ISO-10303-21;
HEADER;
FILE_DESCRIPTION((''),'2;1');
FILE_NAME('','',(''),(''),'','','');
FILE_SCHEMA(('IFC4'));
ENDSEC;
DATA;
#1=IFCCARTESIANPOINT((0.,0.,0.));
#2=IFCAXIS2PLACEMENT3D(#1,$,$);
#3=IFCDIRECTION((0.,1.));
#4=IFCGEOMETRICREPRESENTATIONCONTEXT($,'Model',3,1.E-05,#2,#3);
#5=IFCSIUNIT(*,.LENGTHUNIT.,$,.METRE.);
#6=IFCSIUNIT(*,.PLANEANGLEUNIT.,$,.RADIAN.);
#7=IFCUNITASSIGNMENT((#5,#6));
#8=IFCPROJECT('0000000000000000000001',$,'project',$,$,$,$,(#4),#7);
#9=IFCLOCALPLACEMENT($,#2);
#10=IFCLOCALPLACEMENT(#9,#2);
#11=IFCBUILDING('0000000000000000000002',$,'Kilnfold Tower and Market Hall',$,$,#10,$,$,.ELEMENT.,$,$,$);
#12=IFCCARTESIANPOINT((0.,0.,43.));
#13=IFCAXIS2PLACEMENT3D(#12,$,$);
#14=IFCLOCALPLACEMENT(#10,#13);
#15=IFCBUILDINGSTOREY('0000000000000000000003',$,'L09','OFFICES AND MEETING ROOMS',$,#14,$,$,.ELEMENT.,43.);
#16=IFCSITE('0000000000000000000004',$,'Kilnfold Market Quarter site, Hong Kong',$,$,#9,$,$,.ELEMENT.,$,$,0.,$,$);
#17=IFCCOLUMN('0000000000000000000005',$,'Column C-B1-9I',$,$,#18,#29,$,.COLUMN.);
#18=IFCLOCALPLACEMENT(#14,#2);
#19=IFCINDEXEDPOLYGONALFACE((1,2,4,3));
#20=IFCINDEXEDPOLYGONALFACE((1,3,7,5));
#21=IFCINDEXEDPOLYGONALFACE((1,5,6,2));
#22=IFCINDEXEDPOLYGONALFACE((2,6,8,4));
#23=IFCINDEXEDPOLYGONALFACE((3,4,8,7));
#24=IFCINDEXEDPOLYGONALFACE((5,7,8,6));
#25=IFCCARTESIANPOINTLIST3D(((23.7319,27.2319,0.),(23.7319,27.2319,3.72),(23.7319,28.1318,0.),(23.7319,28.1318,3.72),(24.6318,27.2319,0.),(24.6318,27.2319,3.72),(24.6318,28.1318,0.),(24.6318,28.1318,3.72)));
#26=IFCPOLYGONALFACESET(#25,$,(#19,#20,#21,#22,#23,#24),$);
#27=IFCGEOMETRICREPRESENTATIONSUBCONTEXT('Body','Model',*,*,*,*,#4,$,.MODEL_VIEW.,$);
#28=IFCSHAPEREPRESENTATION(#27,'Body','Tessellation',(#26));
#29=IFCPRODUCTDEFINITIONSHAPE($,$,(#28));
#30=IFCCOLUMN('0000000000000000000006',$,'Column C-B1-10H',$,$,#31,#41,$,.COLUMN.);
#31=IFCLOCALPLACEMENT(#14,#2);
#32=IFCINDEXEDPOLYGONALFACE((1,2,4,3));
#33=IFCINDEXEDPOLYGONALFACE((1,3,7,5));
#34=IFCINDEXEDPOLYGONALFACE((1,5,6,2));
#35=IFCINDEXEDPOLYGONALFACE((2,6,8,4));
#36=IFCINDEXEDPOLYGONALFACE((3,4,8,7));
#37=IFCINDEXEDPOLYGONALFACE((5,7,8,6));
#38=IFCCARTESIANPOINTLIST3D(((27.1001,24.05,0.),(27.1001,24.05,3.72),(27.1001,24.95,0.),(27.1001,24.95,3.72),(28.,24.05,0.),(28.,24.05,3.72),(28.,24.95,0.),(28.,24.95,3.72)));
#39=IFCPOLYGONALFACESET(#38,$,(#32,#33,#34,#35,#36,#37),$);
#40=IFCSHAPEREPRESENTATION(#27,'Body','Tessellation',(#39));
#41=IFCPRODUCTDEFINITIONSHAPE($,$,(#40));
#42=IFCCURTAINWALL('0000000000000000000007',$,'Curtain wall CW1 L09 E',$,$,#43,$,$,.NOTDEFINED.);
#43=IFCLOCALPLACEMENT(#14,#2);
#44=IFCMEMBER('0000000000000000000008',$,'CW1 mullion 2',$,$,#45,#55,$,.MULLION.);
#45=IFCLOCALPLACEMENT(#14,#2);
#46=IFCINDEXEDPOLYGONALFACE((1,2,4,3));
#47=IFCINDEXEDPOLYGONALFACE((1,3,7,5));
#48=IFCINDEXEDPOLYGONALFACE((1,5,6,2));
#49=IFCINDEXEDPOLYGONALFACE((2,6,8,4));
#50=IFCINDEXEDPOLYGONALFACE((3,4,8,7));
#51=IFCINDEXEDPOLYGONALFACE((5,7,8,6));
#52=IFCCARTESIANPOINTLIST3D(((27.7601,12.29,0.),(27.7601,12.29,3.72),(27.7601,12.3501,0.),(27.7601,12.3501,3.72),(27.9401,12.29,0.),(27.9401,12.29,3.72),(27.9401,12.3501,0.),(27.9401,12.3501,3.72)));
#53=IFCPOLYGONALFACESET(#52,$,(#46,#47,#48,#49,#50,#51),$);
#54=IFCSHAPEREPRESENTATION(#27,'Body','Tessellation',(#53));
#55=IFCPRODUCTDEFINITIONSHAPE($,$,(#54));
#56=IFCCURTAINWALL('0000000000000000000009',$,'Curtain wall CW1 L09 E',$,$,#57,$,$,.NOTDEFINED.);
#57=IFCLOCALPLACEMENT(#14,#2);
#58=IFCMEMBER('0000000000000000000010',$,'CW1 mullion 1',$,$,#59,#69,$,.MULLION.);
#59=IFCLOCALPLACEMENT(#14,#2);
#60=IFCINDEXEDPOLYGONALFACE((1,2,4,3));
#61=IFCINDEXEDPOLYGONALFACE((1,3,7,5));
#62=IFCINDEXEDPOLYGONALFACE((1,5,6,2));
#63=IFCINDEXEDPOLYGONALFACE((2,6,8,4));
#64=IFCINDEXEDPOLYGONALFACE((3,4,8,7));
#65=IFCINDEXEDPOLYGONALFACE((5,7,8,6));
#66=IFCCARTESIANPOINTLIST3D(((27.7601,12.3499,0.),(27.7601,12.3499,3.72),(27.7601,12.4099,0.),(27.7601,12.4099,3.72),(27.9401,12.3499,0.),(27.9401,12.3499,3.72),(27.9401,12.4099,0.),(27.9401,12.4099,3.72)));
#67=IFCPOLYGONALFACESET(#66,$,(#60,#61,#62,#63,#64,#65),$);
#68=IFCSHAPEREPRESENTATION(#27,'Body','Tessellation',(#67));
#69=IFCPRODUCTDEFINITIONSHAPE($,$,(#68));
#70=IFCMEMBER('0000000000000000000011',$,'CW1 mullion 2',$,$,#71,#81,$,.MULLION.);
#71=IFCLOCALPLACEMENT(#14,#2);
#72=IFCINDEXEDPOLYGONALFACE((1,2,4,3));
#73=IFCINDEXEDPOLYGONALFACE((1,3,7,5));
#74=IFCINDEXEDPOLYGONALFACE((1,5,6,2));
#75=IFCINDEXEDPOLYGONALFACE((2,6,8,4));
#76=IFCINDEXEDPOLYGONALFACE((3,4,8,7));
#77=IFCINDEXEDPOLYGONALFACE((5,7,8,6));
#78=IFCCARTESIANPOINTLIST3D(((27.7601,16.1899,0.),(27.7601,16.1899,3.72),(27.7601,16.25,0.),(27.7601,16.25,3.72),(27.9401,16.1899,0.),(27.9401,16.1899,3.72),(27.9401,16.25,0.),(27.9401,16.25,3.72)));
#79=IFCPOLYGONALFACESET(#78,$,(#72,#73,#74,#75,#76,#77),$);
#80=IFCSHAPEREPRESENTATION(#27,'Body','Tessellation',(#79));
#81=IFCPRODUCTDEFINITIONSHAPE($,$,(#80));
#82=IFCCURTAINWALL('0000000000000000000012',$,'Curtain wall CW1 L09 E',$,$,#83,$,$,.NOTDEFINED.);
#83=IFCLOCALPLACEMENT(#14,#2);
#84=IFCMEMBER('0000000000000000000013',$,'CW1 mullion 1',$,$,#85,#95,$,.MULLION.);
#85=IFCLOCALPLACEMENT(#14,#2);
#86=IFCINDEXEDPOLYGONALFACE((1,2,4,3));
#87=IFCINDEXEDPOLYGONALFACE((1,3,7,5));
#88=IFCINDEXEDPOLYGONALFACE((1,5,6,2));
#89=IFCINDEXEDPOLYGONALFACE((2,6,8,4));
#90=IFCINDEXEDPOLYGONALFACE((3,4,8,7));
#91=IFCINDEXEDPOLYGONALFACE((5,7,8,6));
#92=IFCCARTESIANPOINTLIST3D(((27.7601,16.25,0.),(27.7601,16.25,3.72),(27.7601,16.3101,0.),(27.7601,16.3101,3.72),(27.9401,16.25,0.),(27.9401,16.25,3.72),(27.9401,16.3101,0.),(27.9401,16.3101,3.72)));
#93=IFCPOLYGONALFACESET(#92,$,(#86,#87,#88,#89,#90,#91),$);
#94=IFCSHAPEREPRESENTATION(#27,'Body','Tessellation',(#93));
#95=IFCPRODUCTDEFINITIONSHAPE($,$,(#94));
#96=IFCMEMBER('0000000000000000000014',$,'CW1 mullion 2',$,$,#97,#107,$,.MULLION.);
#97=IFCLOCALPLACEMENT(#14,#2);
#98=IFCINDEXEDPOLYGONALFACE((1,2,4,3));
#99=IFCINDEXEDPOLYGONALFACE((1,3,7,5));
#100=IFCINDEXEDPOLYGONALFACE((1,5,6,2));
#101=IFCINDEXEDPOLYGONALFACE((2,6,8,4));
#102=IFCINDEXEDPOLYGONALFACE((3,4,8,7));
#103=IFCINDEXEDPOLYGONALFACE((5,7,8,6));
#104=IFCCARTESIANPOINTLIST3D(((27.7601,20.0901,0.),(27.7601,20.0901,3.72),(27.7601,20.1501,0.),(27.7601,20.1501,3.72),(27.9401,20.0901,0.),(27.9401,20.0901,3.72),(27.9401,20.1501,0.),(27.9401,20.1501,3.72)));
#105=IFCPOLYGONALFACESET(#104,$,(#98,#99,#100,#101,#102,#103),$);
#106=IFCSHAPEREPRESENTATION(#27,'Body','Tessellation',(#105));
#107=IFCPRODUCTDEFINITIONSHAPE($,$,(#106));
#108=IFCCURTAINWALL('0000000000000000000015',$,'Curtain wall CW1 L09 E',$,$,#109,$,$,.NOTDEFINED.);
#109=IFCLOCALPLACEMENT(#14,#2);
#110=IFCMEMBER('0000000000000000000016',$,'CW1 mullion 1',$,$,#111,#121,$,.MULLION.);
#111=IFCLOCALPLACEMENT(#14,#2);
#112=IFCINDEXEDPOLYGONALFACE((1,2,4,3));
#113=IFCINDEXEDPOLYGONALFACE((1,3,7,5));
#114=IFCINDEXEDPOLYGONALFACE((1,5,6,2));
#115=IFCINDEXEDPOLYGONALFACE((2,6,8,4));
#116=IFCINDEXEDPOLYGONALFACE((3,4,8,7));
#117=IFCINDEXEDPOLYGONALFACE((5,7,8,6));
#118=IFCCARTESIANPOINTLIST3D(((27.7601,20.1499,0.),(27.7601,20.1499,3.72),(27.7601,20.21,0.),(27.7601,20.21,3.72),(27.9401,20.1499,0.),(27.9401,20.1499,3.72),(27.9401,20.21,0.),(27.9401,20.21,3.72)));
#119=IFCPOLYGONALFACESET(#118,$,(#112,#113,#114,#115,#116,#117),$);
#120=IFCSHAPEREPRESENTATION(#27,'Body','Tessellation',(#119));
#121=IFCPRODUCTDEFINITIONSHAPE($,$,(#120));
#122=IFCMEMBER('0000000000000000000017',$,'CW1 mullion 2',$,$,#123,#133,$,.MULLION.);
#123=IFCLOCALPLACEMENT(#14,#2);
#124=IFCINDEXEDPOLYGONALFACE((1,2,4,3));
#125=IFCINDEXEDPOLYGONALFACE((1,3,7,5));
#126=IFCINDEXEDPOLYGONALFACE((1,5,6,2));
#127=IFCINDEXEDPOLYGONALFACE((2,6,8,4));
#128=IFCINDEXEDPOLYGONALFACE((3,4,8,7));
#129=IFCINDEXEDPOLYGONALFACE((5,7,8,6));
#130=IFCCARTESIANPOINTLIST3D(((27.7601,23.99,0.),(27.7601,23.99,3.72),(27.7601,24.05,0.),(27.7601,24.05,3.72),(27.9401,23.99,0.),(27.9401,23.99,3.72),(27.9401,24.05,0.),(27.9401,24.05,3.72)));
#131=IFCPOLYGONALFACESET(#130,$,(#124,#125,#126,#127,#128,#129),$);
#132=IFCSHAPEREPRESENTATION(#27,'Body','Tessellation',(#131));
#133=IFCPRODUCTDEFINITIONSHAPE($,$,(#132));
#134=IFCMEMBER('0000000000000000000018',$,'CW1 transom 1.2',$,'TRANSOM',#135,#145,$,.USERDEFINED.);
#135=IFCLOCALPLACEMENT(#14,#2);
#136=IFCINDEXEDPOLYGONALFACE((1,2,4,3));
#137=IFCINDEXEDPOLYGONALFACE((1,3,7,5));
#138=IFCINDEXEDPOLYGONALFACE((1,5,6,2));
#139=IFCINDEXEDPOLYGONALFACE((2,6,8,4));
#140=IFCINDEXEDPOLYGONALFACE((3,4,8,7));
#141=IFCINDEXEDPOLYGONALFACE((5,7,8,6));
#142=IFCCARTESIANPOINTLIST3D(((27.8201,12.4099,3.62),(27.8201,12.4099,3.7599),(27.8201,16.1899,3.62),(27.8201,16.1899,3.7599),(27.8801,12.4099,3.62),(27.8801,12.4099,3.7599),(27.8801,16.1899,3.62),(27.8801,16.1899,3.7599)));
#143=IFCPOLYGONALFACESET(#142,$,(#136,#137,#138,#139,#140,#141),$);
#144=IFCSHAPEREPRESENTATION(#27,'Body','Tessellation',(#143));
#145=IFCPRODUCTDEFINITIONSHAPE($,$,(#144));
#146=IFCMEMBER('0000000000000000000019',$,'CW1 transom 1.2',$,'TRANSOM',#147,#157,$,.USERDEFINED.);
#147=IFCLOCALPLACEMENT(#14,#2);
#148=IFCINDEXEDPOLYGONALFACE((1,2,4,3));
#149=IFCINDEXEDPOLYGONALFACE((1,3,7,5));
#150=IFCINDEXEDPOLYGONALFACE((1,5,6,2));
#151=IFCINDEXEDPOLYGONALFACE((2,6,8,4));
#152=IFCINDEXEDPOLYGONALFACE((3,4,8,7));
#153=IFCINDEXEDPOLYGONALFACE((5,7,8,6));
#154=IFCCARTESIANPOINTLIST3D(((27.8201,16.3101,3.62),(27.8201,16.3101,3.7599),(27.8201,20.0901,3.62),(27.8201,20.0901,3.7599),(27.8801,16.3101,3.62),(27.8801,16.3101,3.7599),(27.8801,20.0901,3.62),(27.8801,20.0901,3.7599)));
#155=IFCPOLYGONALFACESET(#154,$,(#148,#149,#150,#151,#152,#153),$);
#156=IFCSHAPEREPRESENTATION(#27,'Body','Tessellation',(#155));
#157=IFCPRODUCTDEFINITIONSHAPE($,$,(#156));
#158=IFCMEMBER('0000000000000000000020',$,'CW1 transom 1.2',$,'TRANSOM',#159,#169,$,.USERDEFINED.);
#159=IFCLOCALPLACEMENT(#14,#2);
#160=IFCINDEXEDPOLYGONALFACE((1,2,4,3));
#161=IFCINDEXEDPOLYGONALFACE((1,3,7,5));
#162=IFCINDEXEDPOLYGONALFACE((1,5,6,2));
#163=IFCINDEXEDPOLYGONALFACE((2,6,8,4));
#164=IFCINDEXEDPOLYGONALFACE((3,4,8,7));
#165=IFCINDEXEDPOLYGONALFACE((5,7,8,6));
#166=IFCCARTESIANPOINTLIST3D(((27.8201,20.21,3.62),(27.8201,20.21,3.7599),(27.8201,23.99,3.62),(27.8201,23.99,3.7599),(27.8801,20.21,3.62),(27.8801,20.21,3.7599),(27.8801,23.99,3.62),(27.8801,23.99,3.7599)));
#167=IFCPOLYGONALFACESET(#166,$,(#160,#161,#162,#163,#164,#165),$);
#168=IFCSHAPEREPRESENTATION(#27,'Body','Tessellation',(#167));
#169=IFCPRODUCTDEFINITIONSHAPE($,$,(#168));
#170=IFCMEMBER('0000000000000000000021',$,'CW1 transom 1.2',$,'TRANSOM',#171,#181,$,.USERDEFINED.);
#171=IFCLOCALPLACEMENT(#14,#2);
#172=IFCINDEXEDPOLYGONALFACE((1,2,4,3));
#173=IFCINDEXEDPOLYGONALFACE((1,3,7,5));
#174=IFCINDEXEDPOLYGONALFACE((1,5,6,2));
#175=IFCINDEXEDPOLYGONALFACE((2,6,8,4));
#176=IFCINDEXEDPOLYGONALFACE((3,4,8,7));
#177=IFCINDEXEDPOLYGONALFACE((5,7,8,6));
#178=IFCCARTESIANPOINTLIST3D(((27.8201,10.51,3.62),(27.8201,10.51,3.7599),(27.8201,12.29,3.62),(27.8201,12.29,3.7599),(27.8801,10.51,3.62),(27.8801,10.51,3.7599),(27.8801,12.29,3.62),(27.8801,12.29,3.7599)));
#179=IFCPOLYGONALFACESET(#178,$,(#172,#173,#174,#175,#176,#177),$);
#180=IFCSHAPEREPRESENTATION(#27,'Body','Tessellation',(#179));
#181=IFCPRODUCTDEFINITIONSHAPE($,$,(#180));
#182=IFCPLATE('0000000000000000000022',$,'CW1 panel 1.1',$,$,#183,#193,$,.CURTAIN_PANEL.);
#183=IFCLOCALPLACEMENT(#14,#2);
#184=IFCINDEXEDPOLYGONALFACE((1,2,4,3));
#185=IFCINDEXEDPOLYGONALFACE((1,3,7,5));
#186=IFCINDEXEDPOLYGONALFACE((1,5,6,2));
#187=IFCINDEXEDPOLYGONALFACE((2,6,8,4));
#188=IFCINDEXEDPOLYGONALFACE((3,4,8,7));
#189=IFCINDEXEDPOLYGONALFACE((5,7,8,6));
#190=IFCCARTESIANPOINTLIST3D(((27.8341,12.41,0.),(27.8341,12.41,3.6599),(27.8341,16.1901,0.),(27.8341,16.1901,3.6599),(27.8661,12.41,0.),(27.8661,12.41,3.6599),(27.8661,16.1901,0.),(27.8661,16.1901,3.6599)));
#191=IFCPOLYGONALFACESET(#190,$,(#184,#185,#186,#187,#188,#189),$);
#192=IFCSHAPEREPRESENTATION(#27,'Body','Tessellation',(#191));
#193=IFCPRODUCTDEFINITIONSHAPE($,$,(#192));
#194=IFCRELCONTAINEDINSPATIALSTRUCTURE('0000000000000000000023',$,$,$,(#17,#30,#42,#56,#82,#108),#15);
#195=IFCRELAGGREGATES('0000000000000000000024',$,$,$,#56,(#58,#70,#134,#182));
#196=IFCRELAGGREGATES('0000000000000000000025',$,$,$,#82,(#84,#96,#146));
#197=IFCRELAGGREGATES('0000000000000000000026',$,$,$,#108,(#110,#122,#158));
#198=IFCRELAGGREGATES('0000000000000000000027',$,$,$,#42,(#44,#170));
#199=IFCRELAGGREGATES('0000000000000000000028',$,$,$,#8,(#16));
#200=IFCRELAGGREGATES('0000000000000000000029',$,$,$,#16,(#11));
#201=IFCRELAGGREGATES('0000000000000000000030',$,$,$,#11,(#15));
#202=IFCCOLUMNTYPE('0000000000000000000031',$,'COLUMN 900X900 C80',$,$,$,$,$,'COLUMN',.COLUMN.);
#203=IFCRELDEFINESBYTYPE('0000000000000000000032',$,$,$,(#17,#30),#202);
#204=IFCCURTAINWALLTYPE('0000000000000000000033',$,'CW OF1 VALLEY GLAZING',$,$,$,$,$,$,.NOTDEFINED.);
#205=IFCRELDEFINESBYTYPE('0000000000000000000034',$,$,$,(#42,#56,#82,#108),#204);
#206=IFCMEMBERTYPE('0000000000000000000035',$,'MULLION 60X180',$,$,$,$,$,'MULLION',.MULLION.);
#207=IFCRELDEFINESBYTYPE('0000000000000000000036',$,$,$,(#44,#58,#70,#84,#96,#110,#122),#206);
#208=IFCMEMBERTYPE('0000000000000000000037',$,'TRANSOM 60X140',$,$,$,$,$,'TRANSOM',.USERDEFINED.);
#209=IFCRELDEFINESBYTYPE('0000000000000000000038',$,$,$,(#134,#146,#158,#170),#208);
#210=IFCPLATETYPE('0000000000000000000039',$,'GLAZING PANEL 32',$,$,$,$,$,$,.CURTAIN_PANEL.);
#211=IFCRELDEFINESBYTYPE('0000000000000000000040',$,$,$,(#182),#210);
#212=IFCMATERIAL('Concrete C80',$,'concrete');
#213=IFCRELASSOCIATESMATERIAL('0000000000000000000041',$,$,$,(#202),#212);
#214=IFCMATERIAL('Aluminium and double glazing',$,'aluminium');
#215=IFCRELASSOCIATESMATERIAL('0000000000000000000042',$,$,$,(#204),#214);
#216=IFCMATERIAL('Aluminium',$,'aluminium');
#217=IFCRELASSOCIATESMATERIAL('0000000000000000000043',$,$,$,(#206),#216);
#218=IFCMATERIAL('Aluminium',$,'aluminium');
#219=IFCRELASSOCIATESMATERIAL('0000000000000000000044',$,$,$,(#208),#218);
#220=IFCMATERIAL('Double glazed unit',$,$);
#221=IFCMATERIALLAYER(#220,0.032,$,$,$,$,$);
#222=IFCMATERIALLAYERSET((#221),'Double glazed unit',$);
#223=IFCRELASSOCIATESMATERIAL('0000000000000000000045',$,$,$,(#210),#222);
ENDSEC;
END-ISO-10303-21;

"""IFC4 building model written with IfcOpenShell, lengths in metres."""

from ifc_helpers import new_model, si_unit, direction, frame, origin, origin_2d, place, context, subcontext, project, spatial, rectangle, extrude, source, transform, mapped, material, layer, layer_set, material_profile, profile_set, type_object, element, aggregate, save


model = new_model("IFC4")

# Units and contexts
model_context = context("Model", 3, precision=1e-05, world=origin(), true_north=direction((0.0, 1.0)))
body_context = subcontext(model_context, "Body", "Model", "MODEL_VIEW")
ifc_project = project(units=[si_unit("LENGTHUNIT", "METRE"), si_unit("PLANEANGLEUNIT", "RADIAN")], contexts=[model_context])

# Site, building, storey
site_placement = place(None, origin())
site = spatial("IfcSite", under=ifc_project, at=site_placement, Name="Kilnfold Market Quarter site, Hong Kong", CompositionType="ELEMENT", RefElevation=0.0)
building_placement = place(site_placement, origin())
building = spatial("IfcBuilding", under=site, at=building_placement, Name="Kilnfold Tower and Market Hall", CompositionType="ELEMENT")
storey_placement = place(building_placement, frame((0.0, 0.0, 43.0)))
storey = spatial("IfcBuildingStorey", under=building, at=storey_placement, Name="L09", Description="OFFICES AND MEETING ROOMS", CompositionType="ELEMENT", Elevation=43.0)

# Columns
ifc_material_1 = material(Name="Concrete C80", Category="concrete")
ifc_material_profile_1 = material_profile(ifc_material_1, rectangle(XDim=0.8999, YDim=0.8999, at=origin_2d()), Name="RC 900x900")
ifc_profile_set_1 = profile_set([ifc_material_profile_1], Name="Concrete C80")
column_type = type_object("IfcColumnType", Name="COLUMN 900X900 C80", ElementType="COLUMN", PredefinedType="COLUMN", material=ifc_profile_set_1)
shared_shape_1 = source(origin(), body_context, "Body", "SweptSolid", [
    extrude(rectangle(XDim=0.8999, YDim=0.8999, at=origin_2d()), origin(), (0.0, 0.0, 1.0), 3.72),
])
for number, where, z_axis, x_axis, name in (
    (1, (24.1819, 27.6819, 0.0), (0.0, 0.0, 1.0), (1.0, 0.0, 0.0), "Column C-B1-9I"),
    (2, (27.55, 24.5, 0.0), (0.0, 0.0, 1.0), (1.0, 0.0, 0.0), "Column C-B1-10H"),
):
    element("IfcColumn", number, at=place(storey_placement, frame(where, z_axis=z_axis, x_axis=x_axis)), inside=storey, type_object=column_type, Name=name, PredefinedType="COLUMN", context=body_context, shape_type="MappedRepresentation", body=[
        mapped(shared_shape_1, transform((0.0, 0.0, 0.0))),
    ])

# Curtain wall, member
ifc_material_2 = material(Name="Aluminium and double glazing", Category="aluminium")
curtain_wall_type = type_object("IfcCurtainWallType", Name="CW OF1 VALLEY GLAZING", PredefinedType="NOTDEFINED", material=ifc_material_2)
curtain_wall_1_placement = place(storey_placement, origin())
curtain_wall_1 = element("IfcCurtainWall", 3, at=curtain_wall_1_placement, inside=storey, type_object=curtain_wall_type, Name="Curtain wall CW1 L09 E", PredefinedType="NOTDEFINED")
ifc_material_3 = material(Name="Aluminium", Category="aluminium")
ifc_material_profile_2 = material_profile(ifc_material_3, rectangle(XDim=0.0601, YDim=0.1799, at=origin_2d()), Name="MULLION 60x180")
ifc_profile_set_2 = profile_set([ifc_material_profile_2], Name="Aluminium")
member_type_1 = type_object("IfcMemberType", Name="MULLION 60X180", ElementType="MULLION", PredefinedType="MULLION", material=ifc_profile_set_2)
shared_shape_2 = source(origin(), body_context, "Body", "SweptSolid", [
    extrude(rectangle(XDim=0.0601, YDim=0.1799, at=origin_2d()), origin(), (0.0, 0.0, 1.0), 3.72),
])
member_1_placement = place(storey_placement, frame((27.8501, 12.3201, 0.0), z_axis=(0.0, 0.0, 1.0), x_axis=(0.0, 1.0, 0.0)))
member_1 = element("IfcMember", 4, at=member_1_placement, type_object=member_type_1, Name="CW1 mullion 2", PredefinedType="MULLION", context=body_context, shape_type="MappedRepresentation", body=[
    mapped(shared_shape_2, transform((0.0, 0.0, 0.0))),
])

# Curtain walls, members
curtain_wall_2_placement = place(storey_placement, origin())
curtain_wall_2 = element("IfcCurtainWall", 5, at=curtain_wall_2_placement, inside=storey, type_object=curtain_wall_type, Name="Curtain wall CW1 L09 E", PredefinedType="NOTDEFINED")
member_2_placement = place(storey_placement, frame((27.8501, 12.3799, 0.0), z_axis=(0.0, 0.0, 1.0), x_axis=(0.0, 1.0, 0.0)))
member_2 = element("IfcMember", 6, at=member_2_placement, type_object=member_type_1, Name="CW1 mullion 1", PredefinedType="MULLION", context=body_context, shape_type="MappedRepresentation", body=[
    mapped(shared_shape_2, transform((0.0, 0.0, 0.0))),
])
member_3_placement = place(storey_placement, frame((27.8501, 16.22, 0.0), z_axis=(0.0, 0.0, 1.0), x_axis=(0.0, 1.0, 0.0)))
member_3 = element("IfcMember", 7, at=member_3_placement, type_object=member_type_1, Name="CW1 mullion 2", PredefinedType="MULLION", context=body_context, shape_type="MappedRepresentation", body=[
    mapped(shared_shape_2, transform((0.0, 0.0, 0.0))),
])
curtain_wall_3_placement = place(storey_placement, origin())
curtain_wall_3 = element("IfcCurtainWall", 8, at=curtain_wall_3_placement, inside=storey, type_object=curtain_wall_type, Name="Curtain wall CW1 L09 E", PredefinedType="NOTDEFINED")
member_4_placement = place(storey_placement, frame((27.8501, 16.28, 0.0), z_axis=(0.0, 0.0, 1.0), x_axis=(0.0, 1.0, 0.0)))
member_4 = element("IfcMember", 9, at=member_4_placement, type_object=member_type_1, Name="CW1 mullion 1", PredefinedType="MULLION", context=body_context, shape_type="MappedRepresentation", body=[
    mapped(shared_shape_2, transform((0.0, 0.0, 0.0))),
])
member_5_placement = place(storey_placement, frame((27.8501, 20.1201, 0.0), z_axis=(0.0, 0.0, 1.0), x_axis=(0.0, 1.0, 0.0)))
member_5 = element("IfcMember", 10, at=member_5_placement, type_object=member_type_1, Name="CW1 mullion 2", PredefinedType="MULLION", context=body_context, shape_type="MappedRepresentation", body=[
    mapped(shared_shape_2, transform((0.0, 0.0, 0.0))),
])
curtain_wall_4_placement = place(storey_placement, origin())
curtain_wall_4 = element("IfcCurtainWall", 11, at=curtain_wall_4_placement, inside=storey, type_object=curtain_wall_type, Name="Curtain wall CW1 L09 E", PredefinedType="NOTDEFINED")
member_6_placement = place(storey_placement, frame((27.8501, 20.1799, 0.0), z_axis=(0.0, 0.0, 1.0), x_axis=(0.0, 1.0, 0.0)))
member_6 = element("IfcMember", 12, at=member_6_placement, type_object=member_type_1, Name="CW1 mullion 1", PredefinedType="MULLION", context=body_context, shape_type="MappedRepresentation", body=[
    mapped(shared_shape_2, transform((0.0, 0.0, 0.0))),
])
member_7_placement = place(storey_placement, frame((27.8501, 24.02, 0.0), z_axis=(0.0, 0.0, 1.0), x_axis=(0.0, 1.0, 0.0)))
member_7 = element("IfcMember", 13, at=member_7_placement, type_object=member_type_1, Name="CW1 mullion 2", PredefinedType="MULLION", context=body_context, shape_type="MappedRepresentation", body=[
    mapped(shared_shape_2, transform((0.0, 0.0, 0.0))),
])

# Members
ifc_material_4 = material(Name="Aluminium", Category="aluminium")
ifc_material_profile_3 = material_profile(ifc_material_4, rectangle(XDim=0.0601, YDim=0.1399, at=origin_2d()), Name="TRANSOM 60x140")
ifc_profile_set_3 = profile_set([ifc_material_profile_3], Name="Aluminium")
member_type_2 = type_object("IfcMemberType", Name="TRANSOM 60X140", ElementType="TRANSOM", PredefinedType="USERDEFINED", material=ifc_profile_set_3)
shared_shape_3 = source(origin(), body_context, "Body", "SweptSolid", [
    extrude(rectangle(XDim=0.0601, YDim=0.1399, at=origin_2d()), origin(), (0.0, 0.0, 1.0), 3.78),
])
member_8_placement = place(storey_placement, frame((27.8501, 12.4099, 3.6899), z_axis=(0.0, 1.0, 0.0), x_axis=(-1.0, 0.0, 0.0)))
member_8 = element("IfcMember", 14, at=member_8_placement, type_object=member_type_2, Name="CW1 transom 1.2", ObjectType="TRANSOM", PredefinedType="USERDEFINED", context=body_context, shape_type="MappedRepresentation", body=[
    mapped(shared_shape_3, transform((0.0, 0.0, 0.0))),
])
member_9_placement = place(storey_placement, frame((27.8501, 16.3101, 3.6899), z_axis=(0.0, 1.0, 0.0), x_axis=(-1.0, 0.0, 0.0)))
member_9 = element("IfcMember", 15, at=member_9_placement, type_object=member_type_2, Name="CW1 transom 1.2", ObjectType="TRANSOM", PredefinedType="USERDEFINED", context=body_context, shape_type="MappedRepresentation", body=[
    mapped(shared_shape_3, transform((0.0, 0.0, 0.0))),
])
member_10_placement = place(storey_placement, frame((27.8501, 20.21, 3.6899), z_axis=(0.0, 1.0, 0.0), x_axis=(-1.0, 0.0, 0.0)))
member_10 = element("IfcMember", 16, at=member_10_placement, type_object=member_type_2, Name="CW1 transom 1.2", ObjectType="TRANSOM", PredefinedType="USERDEFINED", context=body_context, shape_type="MappedRepresentation", body=[
    mapped(shared_shape_3, transform((0.0, 0.0, 0.0))),
])
shared_shape_4 = source(origin(), body_context, "Body", "SweptSolid", [
    extrude(rectangle(XDim=0.0601, YDim=0.1399, at=origin_2d()), origin(), (0.0, 0.0, 1.0), 1.78),
])
member_11_placement = place(storey_placement, frame((27.8501, 10.51, 3.6899), z_axis=(0.0, 1.0, 0.0), x_axis=(-1.0, 0.0, 0.0)))
member_11 = element("IfcMember", 17, at=member_11_placement, type_object=member_type_2, Name="CW1 transom 1.2", ObjectType="TRANSOM", PredefinedType="USERDEFINED", context=body_context, shape_type="MappedRepresentation", body=[
    mapped(shared_shape_4, transform((0.0, 0.0, 0.0))),
])

# Plate
ifc_material_5 = material(Name="Double glazed unit")
ifc_layer_1 = layer(ifc_material_5, 0.032)
ifc_layer_set_1 = layer_set([ifc_layer_1], Name="Double glazed unit")
plate_type = type_object("IfcPlateType", Name="GLAZING PANEL 32", PredefinedType="CURTAIN_PANEL", material=ifc_layer_set_1)
shared_shape_5 = source(origin(), body_context, "Body", "SweptSolid", [
    extrude(rectangle(XDim=3.78, YDim=0.032, at=origin_2d()), origin(), (0.0, 0.0, 1.0), 3.6599),
])
plate_1_placement = place(storey_placement, frame((27.8501, 14.3, 0.0), z_axis=(0.0, 0.0, 1.0), x_axis=(0.0, 1.0, 0.0)))
plate_1 = element("IfcPlate", 18, at=plate_1_placement, type_object=plate_type, Name="CW1 panel 1.1", PredefinedType="CURTAIN_PANEL", context=body_context, shape_type="MappedRepresentation", body=[
    mapped(shared_shape_5, transform((0.0, 0.0, 0.0))),
])
aggregate(curtain_wall_2, [member_2, member_3, member_8, plate_1])
aggregate(curtain_wall_3, [member_4, member_5, member_9])
aggregate(curtain_wall_4, [member_6, member_7, member_10])
aggregate(curtain_wall_1, [member_1, member_11])

save(model, "model.ifc")
